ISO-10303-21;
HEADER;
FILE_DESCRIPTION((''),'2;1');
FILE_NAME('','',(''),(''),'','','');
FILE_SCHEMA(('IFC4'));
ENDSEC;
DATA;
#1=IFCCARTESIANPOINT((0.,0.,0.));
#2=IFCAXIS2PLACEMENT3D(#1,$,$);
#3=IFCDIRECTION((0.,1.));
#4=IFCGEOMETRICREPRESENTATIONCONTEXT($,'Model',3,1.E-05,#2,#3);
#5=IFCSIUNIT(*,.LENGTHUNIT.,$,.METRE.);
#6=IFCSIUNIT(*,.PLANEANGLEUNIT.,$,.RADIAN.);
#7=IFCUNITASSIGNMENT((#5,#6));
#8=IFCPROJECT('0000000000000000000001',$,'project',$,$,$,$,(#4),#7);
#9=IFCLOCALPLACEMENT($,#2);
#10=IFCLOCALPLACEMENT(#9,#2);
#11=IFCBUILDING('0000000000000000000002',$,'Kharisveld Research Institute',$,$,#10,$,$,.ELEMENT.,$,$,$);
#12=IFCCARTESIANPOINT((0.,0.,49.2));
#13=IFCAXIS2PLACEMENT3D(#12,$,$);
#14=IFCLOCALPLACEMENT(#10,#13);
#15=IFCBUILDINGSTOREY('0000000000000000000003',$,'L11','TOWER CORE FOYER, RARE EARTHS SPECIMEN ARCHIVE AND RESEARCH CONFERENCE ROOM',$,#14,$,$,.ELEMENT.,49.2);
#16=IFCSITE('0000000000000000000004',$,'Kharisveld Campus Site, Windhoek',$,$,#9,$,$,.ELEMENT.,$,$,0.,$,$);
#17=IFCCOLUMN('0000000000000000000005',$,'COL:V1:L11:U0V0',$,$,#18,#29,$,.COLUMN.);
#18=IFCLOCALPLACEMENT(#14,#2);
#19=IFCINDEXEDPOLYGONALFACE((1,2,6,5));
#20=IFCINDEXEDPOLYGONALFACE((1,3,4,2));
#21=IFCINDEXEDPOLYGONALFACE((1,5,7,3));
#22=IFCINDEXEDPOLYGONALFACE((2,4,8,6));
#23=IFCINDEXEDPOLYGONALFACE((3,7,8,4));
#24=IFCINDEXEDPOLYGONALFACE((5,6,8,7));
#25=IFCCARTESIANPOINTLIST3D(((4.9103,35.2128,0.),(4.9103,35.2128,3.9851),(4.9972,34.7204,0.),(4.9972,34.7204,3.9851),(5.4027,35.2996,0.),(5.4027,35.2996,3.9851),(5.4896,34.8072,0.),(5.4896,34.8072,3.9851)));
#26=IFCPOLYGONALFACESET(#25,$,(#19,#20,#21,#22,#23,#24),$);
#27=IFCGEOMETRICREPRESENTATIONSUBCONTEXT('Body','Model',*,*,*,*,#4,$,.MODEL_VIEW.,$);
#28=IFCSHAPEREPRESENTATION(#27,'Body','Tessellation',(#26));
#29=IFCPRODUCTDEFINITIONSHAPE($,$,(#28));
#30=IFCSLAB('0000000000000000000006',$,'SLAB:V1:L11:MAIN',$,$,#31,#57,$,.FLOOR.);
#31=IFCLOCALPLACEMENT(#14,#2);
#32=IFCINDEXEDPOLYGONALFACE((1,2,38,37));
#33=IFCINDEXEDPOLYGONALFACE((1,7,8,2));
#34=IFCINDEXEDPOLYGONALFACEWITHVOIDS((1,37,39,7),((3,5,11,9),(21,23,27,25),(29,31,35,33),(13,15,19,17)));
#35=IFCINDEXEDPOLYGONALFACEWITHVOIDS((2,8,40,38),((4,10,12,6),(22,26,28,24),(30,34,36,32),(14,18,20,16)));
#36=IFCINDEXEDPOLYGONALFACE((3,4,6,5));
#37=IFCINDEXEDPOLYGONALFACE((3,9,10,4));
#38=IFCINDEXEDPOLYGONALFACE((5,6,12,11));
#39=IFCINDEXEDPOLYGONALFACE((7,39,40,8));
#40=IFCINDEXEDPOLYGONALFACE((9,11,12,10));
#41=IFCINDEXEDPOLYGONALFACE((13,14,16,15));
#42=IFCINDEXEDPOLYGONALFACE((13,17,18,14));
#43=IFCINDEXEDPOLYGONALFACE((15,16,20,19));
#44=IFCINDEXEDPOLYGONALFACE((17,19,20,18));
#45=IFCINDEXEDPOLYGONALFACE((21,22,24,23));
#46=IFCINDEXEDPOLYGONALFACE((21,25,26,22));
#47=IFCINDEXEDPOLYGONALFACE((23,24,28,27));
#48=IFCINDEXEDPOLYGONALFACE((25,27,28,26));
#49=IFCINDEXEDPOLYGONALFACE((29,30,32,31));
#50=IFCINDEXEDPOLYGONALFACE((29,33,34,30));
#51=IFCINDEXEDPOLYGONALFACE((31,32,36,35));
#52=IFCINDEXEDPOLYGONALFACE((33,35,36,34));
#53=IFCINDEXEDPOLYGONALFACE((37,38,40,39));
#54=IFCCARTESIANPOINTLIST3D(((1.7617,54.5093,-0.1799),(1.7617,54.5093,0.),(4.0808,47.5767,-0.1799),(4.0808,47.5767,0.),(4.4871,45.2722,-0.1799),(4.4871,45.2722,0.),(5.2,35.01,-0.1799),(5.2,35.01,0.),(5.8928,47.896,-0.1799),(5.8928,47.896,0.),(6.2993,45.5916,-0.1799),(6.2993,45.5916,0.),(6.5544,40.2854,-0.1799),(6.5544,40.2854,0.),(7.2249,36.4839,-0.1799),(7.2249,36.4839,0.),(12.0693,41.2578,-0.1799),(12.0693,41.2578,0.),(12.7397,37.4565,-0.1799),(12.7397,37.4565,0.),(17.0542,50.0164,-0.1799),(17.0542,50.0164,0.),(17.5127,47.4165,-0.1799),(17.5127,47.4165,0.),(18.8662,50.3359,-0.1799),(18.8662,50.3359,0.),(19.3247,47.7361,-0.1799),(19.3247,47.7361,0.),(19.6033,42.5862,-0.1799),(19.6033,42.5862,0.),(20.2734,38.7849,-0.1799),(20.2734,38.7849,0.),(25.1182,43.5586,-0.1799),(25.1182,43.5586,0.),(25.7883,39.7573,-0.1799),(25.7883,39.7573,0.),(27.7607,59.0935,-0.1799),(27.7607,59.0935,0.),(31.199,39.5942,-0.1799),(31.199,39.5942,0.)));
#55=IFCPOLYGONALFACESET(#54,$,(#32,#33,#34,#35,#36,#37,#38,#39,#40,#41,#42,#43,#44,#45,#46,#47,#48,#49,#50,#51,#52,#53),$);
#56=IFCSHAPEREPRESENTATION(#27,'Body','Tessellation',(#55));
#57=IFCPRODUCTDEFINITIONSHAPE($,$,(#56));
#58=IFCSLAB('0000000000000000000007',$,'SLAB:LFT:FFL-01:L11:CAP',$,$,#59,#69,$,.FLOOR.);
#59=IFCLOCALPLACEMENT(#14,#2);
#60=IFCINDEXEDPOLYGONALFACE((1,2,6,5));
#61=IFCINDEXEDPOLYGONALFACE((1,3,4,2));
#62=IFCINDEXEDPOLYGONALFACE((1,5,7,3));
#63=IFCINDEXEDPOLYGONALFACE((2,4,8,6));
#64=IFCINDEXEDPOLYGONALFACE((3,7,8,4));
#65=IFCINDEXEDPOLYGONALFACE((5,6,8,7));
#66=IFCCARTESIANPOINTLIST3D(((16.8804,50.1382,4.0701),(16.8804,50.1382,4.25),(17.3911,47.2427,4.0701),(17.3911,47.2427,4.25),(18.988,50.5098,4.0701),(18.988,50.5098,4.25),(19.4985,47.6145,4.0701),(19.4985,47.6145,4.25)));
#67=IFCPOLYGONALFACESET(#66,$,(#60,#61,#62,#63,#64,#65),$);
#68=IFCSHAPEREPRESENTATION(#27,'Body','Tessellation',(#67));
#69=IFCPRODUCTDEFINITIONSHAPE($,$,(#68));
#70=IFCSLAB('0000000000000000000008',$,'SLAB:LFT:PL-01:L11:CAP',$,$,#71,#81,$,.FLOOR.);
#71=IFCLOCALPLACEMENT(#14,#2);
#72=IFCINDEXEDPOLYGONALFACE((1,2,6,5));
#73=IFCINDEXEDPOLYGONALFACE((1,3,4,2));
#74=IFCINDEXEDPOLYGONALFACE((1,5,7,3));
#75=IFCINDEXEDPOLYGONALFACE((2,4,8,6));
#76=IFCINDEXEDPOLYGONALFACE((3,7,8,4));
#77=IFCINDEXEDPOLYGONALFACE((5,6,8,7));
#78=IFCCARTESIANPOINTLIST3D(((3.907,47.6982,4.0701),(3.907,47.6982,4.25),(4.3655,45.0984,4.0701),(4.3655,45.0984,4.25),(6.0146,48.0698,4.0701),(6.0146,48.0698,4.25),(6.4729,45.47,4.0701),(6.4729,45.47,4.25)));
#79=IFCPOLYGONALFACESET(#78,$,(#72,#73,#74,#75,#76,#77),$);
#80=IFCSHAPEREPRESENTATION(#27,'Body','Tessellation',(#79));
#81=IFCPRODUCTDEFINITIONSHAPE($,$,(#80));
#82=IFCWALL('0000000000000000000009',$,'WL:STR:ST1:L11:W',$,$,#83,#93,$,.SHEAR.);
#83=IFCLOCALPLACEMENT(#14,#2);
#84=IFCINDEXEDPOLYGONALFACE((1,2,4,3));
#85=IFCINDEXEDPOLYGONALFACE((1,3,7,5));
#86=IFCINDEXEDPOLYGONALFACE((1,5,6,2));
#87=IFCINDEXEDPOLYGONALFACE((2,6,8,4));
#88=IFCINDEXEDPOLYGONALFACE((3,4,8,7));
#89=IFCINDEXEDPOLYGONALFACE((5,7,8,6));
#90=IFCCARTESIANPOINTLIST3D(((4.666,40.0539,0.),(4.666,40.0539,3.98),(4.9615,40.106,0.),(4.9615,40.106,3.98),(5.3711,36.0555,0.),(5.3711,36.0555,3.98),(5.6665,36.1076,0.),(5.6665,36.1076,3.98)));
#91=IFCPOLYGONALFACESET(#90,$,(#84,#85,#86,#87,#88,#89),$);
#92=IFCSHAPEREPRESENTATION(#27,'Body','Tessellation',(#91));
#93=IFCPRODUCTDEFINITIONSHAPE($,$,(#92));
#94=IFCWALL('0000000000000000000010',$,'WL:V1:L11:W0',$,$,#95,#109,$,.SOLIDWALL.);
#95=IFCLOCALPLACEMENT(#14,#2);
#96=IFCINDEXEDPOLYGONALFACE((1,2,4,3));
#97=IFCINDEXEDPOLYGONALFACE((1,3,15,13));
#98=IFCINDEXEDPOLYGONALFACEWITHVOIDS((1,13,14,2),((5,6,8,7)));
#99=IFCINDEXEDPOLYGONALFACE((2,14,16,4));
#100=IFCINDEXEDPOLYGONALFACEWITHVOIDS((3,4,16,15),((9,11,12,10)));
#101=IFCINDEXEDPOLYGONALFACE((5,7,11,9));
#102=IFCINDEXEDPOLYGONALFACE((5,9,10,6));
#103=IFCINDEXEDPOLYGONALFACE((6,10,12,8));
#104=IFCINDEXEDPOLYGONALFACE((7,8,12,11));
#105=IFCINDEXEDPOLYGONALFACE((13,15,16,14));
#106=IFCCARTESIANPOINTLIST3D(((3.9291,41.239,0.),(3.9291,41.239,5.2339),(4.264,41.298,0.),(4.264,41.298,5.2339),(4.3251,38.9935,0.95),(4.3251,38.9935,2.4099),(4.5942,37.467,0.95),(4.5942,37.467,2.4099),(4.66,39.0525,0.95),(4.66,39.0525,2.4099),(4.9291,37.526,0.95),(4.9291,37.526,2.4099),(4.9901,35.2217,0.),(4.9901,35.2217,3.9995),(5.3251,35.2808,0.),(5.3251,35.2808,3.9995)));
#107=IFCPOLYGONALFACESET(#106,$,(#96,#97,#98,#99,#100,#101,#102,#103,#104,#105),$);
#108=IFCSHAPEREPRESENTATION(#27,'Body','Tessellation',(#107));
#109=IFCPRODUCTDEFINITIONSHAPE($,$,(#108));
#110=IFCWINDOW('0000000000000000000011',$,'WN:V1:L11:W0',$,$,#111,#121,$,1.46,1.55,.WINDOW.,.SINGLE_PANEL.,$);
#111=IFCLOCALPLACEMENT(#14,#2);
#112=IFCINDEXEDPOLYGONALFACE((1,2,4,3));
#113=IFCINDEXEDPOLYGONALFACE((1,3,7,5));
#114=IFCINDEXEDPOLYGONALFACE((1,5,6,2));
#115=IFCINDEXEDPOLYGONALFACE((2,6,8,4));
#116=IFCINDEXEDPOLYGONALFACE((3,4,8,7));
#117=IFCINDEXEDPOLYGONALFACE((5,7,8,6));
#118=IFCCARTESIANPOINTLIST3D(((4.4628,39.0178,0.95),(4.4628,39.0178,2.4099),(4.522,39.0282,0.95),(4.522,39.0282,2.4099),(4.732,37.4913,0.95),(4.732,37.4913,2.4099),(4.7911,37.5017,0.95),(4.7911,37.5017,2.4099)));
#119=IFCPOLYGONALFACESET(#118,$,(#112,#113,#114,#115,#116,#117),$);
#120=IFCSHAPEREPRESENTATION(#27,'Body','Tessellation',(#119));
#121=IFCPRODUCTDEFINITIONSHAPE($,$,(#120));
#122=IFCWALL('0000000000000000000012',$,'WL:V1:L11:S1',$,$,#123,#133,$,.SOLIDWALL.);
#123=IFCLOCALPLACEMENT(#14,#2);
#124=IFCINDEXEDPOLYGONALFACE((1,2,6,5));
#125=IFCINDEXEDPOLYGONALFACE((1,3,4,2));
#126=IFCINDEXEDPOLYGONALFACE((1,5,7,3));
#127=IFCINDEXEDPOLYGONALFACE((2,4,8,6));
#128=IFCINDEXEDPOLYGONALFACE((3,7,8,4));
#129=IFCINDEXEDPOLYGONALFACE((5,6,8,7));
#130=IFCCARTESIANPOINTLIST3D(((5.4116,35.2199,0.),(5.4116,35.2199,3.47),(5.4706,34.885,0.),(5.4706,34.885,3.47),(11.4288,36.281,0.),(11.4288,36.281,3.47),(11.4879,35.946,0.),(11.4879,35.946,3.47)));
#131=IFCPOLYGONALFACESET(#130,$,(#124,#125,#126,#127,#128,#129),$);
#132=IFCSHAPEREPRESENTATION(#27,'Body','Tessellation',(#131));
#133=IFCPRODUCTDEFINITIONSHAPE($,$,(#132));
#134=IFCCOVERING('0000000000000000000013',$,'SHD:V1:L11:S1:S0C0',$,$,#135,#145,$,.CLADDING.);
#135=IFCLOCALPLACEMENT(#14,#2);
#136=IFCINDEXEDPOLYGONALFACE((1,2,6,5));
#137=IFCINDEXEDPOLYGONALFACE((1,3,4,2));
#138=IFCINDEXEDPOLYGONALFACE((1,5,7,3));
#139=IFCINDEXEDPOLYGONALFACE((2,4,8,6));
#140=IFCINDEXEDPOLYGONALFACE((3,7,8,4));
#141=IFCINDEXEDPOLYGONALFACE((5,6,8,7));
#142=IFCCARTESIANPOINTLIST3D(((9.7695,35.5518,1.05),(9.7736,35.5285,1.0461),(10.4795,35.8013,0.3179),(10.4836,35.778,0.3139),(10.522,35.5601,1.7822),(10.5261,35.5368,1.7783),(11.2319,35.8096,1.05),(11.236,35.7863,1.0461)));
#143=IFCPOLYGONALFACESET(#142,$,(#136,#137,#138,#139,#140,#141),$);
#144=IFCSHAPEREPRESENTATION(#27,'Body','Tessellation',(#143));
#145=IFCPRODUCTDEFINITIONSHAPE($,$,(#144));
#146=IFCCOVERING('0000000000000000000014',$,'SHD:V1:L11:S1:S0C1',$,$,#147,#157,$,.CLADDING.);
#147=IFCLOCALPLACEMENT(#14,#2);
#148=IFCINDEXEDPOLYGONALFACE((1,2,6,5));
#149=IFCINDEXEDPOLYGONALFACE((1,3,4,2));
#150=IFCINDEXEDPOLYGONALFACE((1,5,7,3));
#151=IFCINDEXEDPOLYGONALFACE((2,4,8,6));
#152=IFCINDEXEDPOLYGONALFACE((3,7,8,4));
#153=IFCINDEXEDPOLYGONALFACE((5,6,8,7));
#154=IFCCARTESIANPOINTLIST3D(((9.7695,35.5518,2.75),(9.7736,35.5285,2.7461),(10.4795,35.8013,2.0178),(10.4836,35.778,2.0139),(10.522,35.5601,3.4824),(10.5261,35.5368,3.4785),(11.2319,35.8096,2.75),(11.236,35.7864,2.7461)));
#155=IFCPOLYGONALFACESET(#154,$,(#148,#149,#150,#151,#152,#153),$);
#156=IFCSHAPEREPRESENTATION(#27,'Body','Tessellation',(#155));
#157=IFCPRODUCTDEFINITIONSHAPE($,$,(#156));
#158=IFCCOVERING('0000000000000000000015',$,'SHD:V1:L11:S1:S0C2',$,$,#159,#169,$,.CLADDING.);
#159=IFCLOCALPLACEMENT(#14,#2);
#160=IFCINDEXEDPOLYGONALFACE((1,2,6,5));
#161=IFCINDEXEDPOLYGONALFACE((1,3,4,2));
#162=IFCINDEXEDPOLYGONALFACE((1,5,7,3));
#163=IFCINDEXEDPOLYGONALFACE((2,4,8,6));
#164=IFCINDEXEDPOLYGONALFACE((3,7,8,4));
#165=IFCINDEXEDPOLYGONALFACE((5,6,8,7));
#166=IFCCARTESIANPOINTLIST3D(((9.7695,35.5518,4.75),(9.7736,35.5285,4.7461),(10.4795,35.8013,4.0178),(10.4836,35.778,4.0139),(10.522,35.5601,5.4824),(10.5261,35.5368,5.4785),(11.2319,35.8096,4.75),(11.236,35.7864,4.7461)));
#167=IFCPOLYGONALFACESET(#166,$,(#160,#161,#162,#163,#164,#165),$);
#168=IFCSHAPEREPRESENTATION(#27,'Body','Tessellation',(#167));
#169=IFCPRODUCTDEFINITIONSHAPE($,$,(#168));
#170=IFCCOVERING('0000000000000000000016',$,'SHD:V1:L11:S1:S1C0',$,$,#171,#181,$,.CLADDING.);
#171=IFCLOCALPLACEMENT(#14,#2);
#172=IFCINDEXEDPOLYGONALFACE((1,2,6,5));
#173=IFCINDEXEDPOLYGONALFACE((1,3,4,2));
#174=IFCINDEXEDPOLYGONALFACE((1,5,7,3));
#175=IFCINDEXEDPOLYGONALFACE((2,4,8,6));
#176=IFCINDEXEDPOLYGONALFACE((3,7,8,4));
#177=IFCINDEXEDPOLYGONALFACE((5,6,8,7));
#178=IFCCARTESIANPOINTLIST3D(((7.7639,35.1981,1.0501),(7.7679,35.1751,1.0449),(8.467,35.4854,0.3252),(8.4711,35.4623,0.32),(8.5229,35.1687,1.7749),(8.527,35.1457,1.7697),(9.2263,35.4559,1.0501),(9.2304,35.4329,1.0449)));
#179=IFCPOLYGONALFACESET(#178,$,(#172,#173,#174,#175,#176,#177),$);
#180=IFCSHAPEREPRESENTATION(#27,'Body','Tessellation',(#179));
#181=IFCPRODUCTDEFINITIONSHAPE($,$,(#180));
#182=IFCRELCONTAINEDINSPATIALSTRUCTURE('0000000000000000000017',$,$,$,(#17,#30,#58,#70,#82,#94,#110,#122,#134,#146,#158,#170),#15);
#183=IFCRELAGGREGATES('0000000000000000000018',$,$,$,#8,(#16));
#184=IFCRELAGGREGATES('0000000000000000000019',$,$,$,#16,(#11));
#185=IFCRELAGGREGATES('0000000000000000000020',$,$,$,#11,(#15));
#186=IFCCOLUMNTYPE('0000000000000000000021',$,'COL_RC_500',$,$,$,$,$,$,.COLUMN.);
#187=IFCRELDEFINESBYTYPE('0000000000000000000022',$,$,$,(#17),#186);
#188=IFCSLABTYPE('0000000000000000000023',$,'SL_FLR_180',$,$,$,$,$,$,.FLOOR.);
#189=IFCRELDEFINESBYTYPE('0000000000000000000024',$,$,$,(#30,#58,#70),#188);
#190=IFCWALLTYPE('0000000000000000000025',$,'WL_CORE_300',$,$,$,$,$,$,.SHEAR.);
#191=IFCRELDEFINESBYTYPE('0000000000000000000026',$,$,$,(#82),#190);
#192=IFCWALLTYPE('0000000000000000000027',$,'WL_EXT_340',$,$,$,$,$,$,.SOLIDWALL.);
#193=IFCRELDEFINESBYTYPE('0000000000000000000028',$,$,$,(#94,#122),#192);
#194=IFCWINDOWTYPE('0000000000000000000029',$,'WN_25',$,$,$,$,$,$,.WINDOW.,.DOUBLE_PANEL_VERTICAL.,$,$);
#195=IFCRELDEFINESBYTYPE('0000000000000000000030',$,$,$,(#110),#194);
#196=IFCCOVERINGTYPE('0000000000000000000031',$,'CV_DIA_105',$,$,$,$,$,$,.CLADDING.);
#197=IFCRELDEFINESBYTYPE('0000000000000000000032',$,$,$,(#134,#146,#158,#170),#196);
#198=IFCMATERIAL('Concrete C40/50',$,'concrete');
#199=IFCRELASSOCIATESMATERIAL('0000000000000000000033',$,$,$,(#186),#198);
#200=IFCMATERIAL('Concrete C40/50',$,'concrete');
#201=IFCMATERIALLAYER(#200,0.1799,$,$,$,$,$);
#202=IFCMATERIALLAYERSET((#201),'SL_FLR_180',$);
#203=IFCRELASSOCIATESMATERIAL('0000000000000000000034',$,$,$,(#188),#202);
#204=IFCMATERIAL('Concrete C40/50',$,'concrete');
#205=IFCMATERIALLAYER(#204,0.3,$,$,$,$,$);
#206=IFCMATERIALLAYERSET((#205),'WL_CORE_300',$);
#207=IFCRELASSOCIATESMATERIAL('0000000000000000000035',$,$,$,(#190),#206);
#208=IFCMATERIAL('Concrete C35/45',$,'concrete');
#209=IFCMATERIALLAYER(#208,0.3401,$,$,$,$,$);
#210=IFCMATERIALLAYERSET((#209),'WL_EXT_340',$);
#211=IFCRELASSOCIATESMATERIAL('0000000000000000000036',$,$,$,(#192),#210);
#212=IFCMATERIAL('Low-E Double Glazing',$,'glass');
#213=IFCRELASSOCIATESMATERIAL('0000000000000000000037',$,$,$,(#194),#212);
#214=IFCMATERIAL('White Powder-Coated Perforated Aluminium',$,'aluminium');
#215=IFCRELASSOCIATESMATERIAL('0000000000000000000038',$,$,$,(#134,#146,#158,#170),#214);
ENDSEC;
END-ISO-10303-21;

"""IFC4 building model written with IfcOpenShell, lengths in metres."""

from ifc_helpers import new_model, si_unit, direction, frame, frame_2d, origin, origin_2d, place, context, subcontext, project, spatial, polyline, rectangle, outline, extrude, material, layer, layer_set, material_profile, profile_set, type_object, element, fill, save


model = new_model("IFC4")

# Units and contexts
model_context = context("Model", 3, precision=1e-05, world=origin(), true_north=direction((0.0, 1.0)))
body_context = subcontext(model_context, "Body", "Model", "MODEL_VIEW")
ifc_project = project(units=[si_unit("LENGTHUNIT", "METRE"), si_unit("PLANEANGLEUNIT", "RADIAN")], contexts=[model_context])

# Site, building, storey
site_placement = place(None, origin())
site = spatial("IfcSite", under=ifc_project, at=site_placement, Name="Kharisveld Campus Site, Windhoek", CompositionType="ELEMENT", RefElevation=0.0)
building_placement = place(site_placement, origin())
building = spatial("IfcBuilding", under=site, at=building_placement, Name="Kharisveld Research Institute", CompositionType="ELEMENT")
storey_placement = place(building_placement, frame((0.0, 0.0, 49.2)))
storey = spatial("IfcBuildingStorey", under=building, at=storey_placement, Name="L11", Description="TOWER CORE FOYER, RARE EARTHS SPECIMEN ARCHIVE AND RESEARCH CONFERENCE ROOM", CompositionType="ELEMENT", Elevation=49.2)

# Column
ifc_material_1 = material(Name="Concrete C40/50", Category="concrete")
ifc_material_profile = material_profile(ifc_material_1, rectangle(XDim=0.5, YDim=0.5, at=origin_2d()))
ifc_profile_set = profile_set([ifc_material_profile], Name="Concrete C40/50")
column_type = type_object("IfcColumnType", Name="COL_RC_500", PredefinedType="COLUMN", material=ifc_profile_set)
column_placement = place(storey_placement, frame((5.2, 35.01, 0.0), z_axis=(0.0, 0.0, 1.0), x_axis=(0.984808, 0.173648, 0.0)))
element("IfcColumn", 1, at=column_placement, inside=storey, type_object=column_type, Name="COL:V1:L11:U0V0", PredefinedType="COLUMN", context=body_context, shape_type="SweptSolid", body=[
    extrude(rectangle(XDim=0.5, YDim=0.5, at=origin_2d()), origin(), (0.0, 0.0, 1.0), 3.9851),
])

# Slabs
ifc_material_2 = material(Name="Concrete C40/50", Category="concrete")
ifc_layer_1 = layer(ifc_material_2, 0.1799)
ifc_layer_set_1 = layer_set([ifc_layer_1], Name="SL_FLR_180")
slab_type = type_object("IfcSlabType", Name="SL_FLR_180", PredefinedType="FLOOR", material=ifc_layer_set_1)
slab_1_placement = place(storey_placement, frame((0.0, 0.0, -0.1799)))
element("IfcSlab", 2, at=slab_1_placement, inside=storey, type_object=slab_type, Name="SLAB:V1:L11:MAIN", PredefinedType="FLOOR", context=body_context, shape_type="SweptSolid", body=[
    extrude(outline(polyline([(5.2, 35.01), (31.199, 39.5942), (27.7607, 59.0935), (1.7617, 54.5093), (5.2, 35.01)]), holes=[polyline([(12.7397, 37.4565), (7.2249, 36.4839), (6.5544, 40.2854), (12.0693, 41.2578), (12.7397, 37.4565)]), polyline([(25.7883, 39.7573), (20.2734, 38.7849), (19.6033, 42.5862), (25.1182, 43.5586), (25.7883, 39.7573)]), polyline([(6.2993, 45.5916), (4.4871, 45.2722), (4.0808, 47.5767), (5.8928, 47.896), (6.2993, 45.5916)]), polyline([(19.3247, 47.7361), (17.5127, 47.4165), (17.0542, 50.0164), (18.8662, 50.3359), (19.3247, 47.7361)])]), origin(), (0.0, 0.0, 1.0), 0.1799),
])
slab_2_placement = place(storey_placement, frame((0.0, 0.0, 4.0701)))
element("IfcSlab", 3, at=slab_2_placement, inside=storey, type_object=slab_type, Name="SLAB:LFT:FFL-01:L11:CAP", PredefinedType="FLOOR", context=body_context, shape_type="SweptSolid", body=[
    extrude(outline(polyline([(17.3911, 47.2427), (19.4985, 47.6145), (18.988, 50.5098), (16.8804, 50.1382), (17.3911, 47.2427)])), origin(), (0.0, 0.0, 1.0), 0.1799),
])
slab_3_placement = place(storey_placement, frame((0.0, 0.0, 4.0701)))
element("IfcSlab", 4, at=slab_3_placement, inside=storey, type_object=slab_type, Name="SLAB:LFT:PL-01:L11:CAP", PredefinedType="FLOOR", context=body_context, shape_type="SweptSolid", body=[
    extrude(outline(polyline([(4.3655, 45.0984), (6.4729, 45.47), (6.0146, 48.0698), (3.907, 47.6982), (4.3655, 45.0984)])), origin(), (0.0, 0.0, 1.0), 0.1799),
])

# Wall
ifc_material_3 = material(Name="Concrete C40/50", Category="concrete")
ifc_layer_2 = layer(ifc_material_3, 0.3)
ifc_layer_set_2 = layer_set([ifc_layer_2], Name="WL_CORE_300")
wall_type_1 = type_object("IfcWallType", Name="WL_CORE_300", PredefinedType="SHEAR", material=ifc_layer_set_2)
wall_1_placement = place(storey_placement, frame((5.5188, 36.0815, 0.0), z_axis=(0.0, 0.0, 1.0), x_axis=(-0.173665, 0.984805, 0.0)))
element("IfcWall", 5, at=wall_1_placement, inside=storey, type_object=wall_type_1, Name="WL:STR:ST1:L11:W", PredefinedType="SHEAR", context=body_context, shape_type="SweptSolid", body=[
    extrude(rectangle(XDim=4.0601, YDim=0.3, at=frame_2d((2.03, 0.0))), origin(), (0.0, 0.0, 1.0), 3.98),
])

# Wall, opening, window
ifc_material_4 = material(Name="Concrete C35/45", Category="concrete")
ifc_layer_3 = layer(ifc_material_4, 0.3401)
ifc_layer_set_3 = layer_set([ifc_layer_3], Name="WL_EXT_340")
wall_type_2 = type_object("IfcWallType", Name="WL_EXT_340", PredefinedType="SOLIDWALL", material=ifc_layer_set_3)
wall_2_placement = place(storey_placement, frame((5.1575, 35.2512, 0.0), z_axis=(0.0, 0.0, 1.0), x_axis=(-0.173651, 0.984807, 0.0)))
wall_2 = element("IfcWall", 6, at=wall_2_placement, inside=storey, type_object=wall_type_2, Name="WL:V1:L11:W0", PredefinedType="SOLIDWALL", context=body_context, shape_type="SweptSolid", body=[
    extrude(outline(polyline([(0.0, 0.0), (6.1101, 0.0), (6.1101, 5.2339), (0.0, 3.9995), (0.0, 0.0)])), frame((0.0, 0.1699, 0.0), z_axis=(0.0, -1.0, 0.0), x_axis=(1.0, 0.0, 0.0)), (0.0, 0.0, 1.0), 0.3401),
])
opening_placement = place(wall_2_placement, frame((2.28, 0.0, 0.95)))
opening = element("IfcOpeningElement", 7, at=opening_placement, cuts=wall_2, PredefinedType="OPENING", context=body_context, shape_type="SweptSolid", body=[
    extrude(rectangle(XDim=1.55, YDim=1.46, at=frame_2d((0.7749, 0.73))), frame((0.0, 0.1699, 0.0), z_axis=(0.0, -1.0, 0.0), x_axis=(1.0, 0.0, 0.0)), (0.0, 0.0, 1.0), 0.3401),
])
ifc_material_5 = material(Name="Low-E Double Glazing", Category="glass")
window_type = type_object("IfcWindowType", Name="WN_25", PartitioningType="DOUBLE_PANEL_VERTICAL", PredefinedType="WINDOW", material=ifc_material_5)
window_placement = place(opening_placement, origin())
window = element("IfcWindow", 8, at=window_placement, inside=storey, type_object=window_type, Name="WN:V1:L11:W0", OverallHeight=1.46, OverallWidth=1.55, PartitioningType="SINGLE_PANEL", PredefinedType="WINDOW", context=body_context, shape_type="SweptSolid", body=[
    extrude(rectangle(XDim=1.55, YDim=1.46, at=frame_2d((0.7749, 0.73))), frame((0.0, 0.03, 0.0), z_axis=(0.0, -1.0, 0.0), x_axis=(1.0, 0.0, 0.0)), (0.0, 0.0, 1.0), 0.0601),
])
fill(opening, window)

# Wall
wall_3_placement = place(storey_placement, frame((11.4585, 36.1135, 0.0), z_axis=(0.0, 0.0, 1.0), x_axis=(-0.984807, -0.173651, 0.0)))
element("IfcWall", 9, at=wall_3_placement, inside=storey, type_object=wall_type_2, Name="WL:V1:L11:S1", PredefinedType="SOLIDWALL", context=body_context, shape_type="SweptSolid", body=[
    extrude(rectangle(XDim=6.1101, YDim=0.3401, at=frame_2d((3.0552, 0.0))), origin(), (0.0, 0.0, 1.0), 3.47),
])

# Coverings
ifc_material_6 = material(Name="White Powder-Coated Perforated Aluminium", Category="aluminium")
covering_type = type_object("IfcCoveringType", Name="CV_DIA_105", PredefinedType="CLADDING")
covering_1_placement = place(storey_placement, frame((10.4795, 35.8013, 0.3179), z_axis=(-0.171238, 0.971321, 0.164965), x_axis=(-0.676189, -0.237643, 0.697349)))
element("IfcCovering", 10, at=covering_1_placement, inside=storey, type_object=covering_type, material=ifc_material_6, Name="SHD:V1:L11:S1:S0C0", PredefinedType="CLADDING", context=body_context, shape_type="SweptSolid", body=[
    extrude(outline(polyline([(0.0, 0.0), (1.0499, 0.0), (1.0498, 1.0499), (-0.0002, 1.0499), (0.0, 0.0)])), origin(), (0.0, 0.0, -1.0), 0.0239),
])
for number, where, z_axis, x_axis, name in (
    (11, (10.4795, 35.8013, 2.0178), (-0.171239, 0.971325, 0.164938), (-0.676192, -0.237624, 0.697352), "SHD:V1:L11:S1:S0C1"),
    (12, (10.4795, 35.8013, 4.0178), (-0.171239, 0.971325, 0.164938), (-0.676192, -0.237624, 0.697352), "SHD:V1:L11:S1:S0C2"),
):
    element("IfcCovering", number, at=place(storey_placement, frame(where, z_axis=z_axis, x_axis=x_axis)), inside=storey, type_object=covering_type, material=ifc_material_6, Name=name, PredefinedType="CLADDING", context=body_context, shape_type="SweptSolid", body=[
        extrude(outline(polyline([(0.0, 0.0), (1.0499, 0.0), (1.0499, 1.0501), (-0.0002, 1.0499), (0.0, 0.0)])), origin(), (0.0, 0.0, -1.0), 0.0239),
    ])
for number, where, z_axis, x_axis, name in (
    (13, (8.467, 35.4854, 0.3252), (-0.169497, 0.961447, 0.21654), (-0.669705, -0.27356, 0.690406), "SHD:V1:L11:S1:S1C0"),
):
    element("IfcCovering", number, at=place(storey_placement, frame(where, z_axis=z_axis, x_axis=x_axis)), inside=storey, type_object=covering_type, material=ifc_material_6, Name=name, PredefinedType="CLADDING", context=body_context, shape_type="SweptSolid", body=[
        extrude(outline(polyline([(0.0, 0.0), (1.0499, 0.0), (1.0501, 1.05), (0.0, 1.0501), (0.0, 0.0)])), origin(), (0.0, 0.0, -1.0), 0.0239),
    ])

save(model, "model.ifc")
